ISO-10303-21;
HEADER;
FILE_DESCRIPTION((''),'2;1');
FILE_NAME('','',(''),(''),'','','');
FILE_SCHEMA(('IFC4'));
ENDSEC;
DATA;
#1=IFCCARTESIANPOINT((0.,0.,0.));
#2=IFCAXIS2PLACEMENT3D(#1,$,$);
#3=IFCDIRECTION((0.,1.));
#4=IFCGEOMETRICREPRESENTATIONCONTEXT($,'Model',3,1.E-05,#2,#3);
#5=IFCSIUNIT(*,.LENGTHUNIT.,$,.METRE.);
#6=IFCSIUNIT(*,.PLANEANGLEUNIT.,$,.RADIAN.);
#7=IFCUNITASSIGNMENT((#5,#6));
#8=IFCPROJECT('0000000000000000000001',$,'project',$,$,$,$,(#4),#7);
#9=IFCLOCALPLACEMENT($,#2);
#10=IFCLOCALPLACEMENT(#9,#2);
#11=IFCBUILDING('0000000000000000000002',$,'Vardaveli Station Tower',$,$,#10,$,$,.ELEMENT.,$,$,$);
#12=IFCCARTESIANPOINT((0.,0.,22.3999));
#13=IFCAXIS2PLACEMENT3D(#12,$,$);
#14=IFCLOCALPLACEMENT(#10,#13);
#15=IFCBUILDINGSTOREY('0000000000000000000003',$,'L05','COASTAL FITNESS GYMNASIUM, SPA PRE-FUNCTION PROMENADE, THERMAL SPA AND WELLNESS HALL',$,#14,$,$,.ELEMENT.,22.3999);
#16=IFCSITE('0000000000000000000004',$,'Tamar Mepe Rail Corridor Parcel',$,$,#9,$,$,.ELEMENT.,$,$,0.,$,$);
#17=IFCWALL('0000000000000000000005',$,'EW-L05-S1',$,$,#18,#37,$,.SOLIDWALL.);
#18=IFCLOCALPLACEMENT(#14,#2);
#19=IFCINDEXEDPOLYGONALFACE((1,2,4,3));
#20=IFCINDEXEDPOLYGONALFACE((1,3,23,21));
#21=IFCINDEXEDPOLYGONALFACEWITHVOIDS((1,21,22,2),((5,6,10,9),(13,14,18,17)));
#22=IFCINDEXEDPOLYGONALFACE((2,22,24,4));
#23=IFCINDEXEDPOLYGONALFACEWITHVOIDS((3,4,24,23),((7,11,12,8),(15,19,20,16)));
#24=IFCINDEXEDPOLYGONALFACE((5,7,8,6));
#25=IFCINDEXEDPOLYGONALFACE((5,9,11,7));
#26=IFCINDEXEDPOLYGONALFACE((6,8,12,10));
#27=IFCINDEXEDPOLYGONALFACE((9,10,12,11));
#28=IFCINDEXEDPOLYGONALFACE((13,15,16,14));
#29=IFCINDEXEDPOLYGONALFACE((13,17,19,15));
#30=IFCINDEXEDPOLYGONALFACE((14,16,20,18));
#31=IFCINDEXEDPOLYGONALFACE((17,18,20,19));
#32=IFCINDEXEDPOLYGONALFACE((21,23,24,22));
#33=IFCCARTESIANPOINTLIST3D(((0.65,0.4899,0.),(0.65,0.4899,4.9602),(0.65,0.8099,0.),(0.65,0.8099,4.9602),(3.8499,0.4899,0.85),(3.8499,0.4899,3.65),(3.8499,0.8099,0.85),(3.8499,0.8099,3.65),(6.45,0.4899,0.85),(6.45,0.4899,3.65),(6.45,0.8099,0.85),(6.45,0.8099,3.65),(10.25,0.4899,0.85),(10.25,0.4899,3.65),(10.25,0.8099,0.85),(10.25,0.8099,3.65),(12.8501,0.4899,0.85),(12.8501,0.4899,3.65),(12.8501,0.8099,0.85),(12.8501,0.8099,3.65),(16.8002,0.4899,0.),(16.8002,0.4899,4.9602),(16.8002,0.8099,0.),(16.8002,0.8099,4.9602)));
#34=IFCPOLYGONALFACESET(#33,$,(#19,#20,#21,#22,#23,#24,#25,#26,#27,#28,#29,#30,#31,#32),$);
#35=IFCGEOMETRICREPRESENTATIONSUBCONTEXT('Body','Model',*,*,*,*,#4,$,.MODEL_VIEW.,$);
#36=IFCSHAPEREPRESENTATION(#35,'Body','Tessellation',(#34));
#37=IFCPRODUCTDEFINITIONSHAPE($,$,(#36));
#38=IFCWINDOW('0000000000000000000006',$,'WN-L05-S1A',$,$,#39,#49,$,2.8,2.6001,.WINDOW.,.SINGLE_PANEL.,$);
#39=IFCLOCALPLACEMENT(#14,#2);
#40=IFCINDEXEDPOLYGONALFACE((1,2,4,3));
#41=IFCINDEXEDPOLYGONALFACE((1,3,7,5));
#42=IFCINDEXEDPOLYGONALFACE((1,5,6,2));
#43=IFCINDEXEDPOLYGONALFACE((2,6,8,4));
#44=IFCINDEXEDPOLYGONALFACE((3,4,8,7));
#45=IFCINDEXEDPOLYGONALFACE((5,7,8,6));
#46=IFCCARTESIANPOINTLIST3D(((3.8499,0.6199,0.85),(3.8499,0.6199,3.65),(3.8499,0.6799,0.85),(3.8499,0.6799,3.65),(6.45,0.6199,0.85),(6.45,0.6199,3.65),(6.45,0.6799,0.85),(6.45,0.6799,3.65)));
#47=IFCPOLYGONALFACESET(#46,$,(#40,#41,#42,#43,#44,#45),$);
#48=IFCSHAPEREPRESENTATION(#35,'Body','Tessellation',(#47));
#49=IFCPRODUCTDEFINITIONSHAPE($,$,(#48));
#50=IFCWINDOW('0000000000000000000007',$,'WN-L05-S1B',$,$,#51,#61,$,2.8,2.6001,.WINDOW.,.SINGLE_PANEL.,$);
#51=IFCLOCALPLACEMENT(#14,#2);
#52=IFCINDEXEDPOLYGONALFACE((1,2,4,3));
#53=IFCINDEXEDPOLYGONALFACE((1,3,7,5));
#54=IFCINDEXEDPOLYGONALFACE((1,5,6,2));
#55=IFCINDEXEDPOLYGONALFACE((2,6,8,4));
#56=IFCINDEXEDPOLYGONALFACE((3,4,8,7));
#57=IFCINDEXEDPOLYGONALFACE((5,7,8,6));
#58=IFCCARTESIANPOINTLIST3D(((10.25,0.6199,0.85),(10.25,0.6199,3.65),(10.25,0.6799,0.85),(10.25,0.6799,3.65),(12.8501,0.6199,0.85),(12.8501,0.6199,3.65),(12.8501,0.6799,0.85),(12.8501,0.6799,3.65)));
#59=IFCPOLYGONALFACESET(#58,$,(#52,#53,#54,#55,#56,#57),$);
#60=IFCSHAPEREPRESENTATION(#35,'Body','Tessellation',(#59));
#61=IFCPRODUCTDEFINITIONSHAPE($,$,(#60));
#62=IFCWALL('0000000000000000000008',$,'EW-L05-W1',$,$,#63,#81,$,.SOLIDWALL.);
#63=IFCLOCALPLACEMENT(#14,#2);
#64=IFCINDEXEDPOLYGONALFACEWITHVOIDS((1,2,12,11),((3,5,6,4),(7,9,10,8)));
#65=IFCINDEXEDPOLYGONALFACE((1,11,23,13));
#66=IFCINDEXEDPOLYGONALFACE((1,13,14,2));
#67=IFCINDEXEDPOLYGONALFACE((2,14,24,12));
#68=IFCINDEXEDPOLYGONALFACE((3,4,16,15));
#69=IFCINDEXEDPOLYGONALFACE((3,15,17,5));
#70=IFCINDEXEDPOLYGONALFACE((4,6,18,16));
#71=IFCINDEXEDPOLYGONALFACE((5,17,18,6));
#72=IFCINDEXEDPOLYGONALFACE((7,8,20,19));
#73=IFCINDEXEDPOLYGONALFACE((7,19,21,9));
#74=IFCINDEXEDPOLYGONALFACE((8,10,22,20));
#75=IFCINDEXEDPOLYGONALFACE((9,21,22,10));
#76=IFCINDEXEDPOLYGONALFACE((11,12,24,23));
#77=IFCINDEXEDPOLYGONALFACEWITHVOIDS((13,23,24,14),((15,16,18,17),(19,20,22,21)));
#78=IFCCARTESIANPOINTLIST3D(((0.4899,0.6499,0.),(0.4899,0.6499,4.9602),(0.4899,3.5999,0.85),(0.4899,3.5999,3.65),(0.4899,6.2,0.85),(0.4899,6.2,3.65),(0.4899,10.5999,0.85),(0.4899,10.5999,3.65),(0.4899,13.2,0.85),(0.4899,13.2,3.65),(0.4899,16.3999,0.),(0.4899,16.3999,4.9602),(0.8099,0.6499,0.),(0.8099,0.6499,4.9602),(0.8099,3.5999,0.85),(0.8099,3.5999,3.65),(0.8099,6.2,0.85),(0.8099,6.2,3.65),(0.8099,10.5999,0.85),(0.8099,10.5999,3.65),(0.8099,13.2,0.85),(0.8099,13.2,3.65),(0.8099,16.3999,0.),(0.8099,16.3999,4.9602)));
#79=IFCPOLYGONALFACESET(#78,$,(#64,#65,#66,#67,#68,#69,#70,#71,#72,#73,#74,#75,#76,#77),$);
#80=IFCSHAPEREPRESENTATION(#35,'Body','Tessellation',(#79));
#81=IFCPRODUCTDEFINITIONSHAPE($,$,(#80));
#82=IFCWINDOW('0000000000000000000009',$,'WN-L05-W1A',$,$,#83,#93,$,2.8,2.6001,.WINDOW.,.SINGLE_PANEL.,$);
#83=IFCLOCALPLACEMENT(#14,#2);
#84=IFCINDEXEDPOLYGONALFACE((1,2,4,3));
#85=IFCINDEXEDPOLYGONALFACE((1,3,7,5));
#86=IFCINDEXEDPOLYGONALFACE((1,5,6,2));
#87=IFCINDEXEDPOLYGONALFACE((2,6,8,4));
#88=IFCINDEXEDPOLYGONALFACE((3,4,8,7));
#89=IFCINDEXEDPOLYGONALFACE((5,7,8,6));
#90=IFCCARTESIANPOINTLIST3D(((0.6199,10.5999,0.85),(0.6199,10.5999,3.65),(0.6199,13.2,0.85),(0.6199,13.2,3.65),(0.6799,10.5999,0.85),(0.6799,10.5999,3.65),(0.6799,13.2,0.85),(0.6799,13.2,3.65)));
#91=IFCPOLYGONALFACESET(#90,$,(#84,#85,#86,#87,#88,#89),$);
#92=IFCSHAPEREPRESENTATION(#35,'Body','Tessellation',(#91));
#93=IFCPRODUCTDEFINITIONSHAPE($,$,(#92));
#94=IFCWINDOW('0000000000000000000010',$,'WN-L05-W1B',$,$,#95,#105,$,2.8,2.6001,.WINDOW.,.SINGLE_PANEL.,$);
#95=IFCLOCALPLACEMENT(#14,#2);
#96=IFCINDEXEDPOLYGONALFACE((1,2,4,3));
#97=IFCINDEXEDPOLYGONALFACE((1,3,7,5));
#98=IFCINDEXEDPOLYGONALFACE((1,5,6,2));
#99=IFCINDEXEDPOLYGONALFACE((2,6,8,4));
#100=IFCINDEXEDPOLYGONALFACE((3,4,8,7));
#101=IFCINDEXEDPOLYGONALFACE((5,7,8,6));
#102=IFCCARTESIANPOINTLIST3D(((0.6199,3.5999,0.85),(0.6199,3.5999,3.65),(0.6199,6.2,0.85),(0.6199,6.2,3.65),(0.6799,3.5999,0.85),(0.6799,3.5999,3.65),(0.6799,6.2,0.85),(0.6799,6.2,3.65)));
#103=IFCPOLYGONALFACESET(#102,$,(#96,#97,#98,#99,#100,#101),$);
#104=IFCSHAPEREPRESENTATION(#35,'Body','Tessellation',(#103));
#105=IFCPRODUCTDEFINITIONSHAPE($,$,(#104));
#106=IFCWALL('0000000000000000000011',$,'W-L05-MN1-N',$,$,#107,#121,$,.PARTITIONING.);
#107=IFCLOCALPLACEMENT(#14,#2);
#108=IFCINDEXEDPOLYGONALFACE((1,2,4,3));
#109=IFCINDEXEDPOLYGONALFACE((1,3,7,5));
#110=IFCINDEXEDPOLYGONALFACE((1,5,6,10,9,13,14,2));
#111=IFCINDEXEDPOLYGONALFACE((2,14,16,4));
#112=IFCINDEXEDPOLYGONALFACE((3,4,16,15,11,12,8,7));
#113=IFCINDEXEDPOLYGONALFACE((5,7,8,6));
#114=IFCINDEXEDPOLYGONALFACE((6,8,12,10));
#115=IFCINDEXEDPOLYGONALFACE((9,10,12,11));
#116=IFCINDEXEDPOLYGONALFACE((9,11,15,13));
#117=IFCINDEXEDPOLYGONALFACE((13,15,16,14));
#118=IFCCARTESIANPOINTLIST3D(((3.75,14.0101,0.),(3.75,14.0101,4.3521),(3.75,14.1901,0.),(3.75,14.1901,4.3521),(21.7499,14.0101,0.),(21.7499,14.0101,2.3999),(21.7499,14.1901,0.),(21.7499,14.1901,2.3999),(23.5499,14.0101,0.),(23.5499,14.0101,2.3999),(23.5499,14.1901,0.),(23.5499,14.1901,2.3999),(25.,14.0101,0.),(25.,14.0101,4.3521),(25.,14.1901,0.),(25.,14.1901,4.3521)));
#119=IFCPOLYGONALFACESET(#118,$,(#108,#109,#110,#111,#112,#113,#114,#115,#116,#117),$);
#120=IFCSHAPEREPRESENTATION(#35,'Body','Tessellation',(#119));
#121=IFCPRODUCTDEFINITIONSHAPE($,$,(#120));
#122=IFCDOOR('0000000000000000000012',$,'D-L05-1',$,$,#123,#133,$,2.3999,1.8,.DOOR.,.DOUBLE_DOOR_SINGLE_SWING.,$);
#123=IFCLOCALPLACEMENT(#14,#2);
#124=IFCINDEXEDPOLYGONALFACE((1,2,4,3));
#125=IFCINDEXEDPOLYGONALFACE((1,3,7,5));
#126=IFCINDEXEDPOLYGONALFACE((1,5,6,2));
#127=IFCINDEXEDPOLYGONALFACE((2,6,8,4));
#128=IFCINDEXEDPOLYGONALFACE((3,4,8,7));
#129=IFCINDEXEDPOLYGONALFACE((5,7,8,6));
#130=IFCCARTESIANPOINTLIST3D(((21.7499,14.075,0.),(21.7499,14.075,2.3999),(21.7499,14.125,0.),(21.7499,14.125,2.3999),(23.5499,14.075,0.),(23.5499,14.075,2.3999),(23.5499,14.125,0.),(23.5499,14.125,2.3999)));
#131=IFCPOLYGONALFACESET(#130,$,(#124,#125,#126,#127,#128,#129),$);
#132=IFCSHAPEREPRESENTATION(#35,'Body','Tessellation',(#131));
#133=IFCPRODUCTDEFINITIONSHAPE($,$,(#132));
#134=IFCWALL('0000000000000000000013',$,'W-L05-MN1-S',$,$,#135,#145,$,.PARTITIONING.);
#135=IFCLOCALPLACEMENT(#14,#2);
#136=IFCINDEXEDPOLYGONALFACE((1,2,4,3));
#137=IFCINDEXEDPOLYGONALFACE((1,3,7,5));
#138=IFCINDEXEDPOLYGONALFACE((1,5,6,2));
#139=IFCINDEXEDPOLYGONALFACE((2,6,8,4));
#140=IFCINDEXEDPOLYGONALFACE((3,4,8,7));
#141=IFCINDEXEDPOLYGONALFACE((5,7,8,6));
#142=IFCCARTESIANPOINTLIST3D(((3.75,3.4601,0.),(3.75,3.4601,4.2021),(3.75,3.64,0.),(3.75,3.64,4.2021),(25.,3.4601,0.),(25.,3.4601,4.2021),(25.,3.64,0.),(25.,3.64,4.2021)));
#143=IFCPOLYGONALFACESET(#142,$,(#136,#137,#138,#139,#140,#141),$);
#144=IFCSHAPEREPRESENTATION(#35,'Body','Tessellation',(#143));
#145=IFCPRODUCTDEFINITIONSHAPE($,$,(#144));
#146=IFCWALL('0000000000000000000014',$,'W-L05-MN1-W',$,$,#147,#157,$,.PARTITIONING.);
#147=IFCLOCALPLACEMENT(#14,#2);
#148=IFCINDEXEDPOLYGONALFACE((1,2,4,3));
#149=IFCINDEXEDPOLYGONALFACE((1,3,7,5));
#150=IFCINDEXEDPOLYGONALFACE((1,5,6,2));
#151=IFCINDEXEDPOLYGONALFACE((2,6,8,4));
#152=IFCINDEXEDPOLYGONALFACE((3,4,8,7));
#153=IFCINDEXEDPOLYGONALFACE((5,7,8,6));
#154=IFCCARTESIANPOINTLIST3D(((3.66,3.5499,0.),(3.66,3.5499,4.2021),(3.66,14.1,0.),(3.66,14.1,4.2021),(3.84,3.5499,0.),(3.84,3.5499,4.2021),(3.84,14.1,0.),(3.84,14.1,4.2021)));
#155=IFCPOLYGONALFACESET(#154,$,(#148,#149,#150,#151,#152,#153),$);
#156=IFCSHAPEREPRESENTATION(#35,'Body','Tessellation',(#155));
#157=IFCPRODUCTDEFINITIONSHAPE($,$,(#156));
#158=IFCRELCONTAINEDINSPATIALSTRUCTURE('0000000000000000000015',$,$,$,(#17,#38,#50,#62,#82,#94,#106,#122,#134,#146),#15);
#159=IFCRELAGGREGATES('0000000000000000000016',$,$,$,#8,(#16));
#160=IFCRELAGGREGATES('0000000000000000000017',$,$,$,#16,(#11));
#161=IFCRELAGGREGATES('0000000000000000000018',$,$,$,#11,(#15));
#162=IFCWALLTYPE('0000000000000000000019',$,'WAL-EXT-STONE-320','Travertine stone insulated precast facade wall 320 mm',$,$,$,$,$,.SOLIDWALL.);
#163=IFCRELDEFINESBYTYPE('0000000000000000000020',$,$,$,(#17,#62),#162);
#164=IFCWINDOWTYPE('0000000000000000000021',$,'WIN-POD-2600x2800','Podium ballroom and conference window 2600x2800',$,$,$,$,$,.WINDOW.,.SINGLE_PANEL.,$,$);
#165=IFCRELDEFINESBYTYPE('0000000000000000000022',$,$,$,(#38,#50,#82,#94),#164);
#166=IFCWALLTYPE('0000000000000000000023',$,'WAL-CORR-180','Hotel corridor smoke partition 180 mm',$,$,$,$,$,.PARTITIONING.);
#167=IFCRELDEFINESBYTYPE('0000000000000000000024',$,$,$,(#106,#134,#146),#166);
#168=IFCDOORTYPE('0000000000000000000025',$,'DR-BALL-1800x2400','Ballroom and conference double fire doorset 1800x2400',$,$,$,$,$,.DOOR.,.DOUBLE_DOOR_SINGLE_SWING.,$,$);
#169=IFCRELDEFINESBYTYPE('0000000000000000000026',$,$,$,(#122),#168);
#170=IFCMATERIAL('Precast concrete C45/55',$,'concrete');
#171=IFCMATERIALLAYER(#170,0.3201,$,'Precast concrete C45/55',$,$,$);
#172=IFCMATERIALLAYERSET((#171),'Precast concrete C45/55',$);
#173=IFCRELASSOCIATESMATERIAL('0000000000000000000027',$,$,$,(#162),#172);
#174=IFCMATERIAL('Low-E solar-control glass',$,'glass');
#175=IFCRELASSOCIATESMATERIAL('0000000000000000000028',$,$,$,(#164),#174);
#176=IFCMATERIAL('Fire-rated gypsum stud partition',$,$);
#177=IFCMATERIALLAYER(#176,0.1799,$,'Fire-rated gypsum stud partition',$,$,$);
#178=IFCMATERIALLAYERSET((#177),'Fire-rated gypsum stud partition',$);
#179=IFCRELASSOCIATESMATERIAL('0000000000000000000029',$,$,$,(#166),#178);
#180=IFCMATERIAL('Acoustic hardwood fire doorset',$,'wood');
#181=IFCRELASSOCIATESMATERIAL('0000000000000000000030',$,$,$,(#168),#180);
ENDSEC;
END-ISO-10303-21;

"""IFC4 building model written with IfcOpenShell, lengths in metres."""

from ifc_helpers import new_model, si_unit, direction, frame, frame_2d, origin, place, context, subcontext, project, spatial, rectangle, extrude, source, transform, mapped, material, layer, layer_set, type_object, element, fill, save


model = new_model("IFC4")

# Units and contexts
model_context = context("Model", 3, precision=1e-05, world=origin(), true_north=direction((0.0, 1.0)))
body_context = subcontext(model_context, "Body", "Model", "MODEL_VIEW")
ifc_project = project(units=[si_unit("LENGTHUNIT", "METRE"), si_unit("PLANEANGLEUNIT", "RADIAN")], contexts=[model_context])

# Site, building, storey
site_placement = place(None, origin())
site = spatial("IfcSite", under=ifc_project, at=site_placement, Name="Tamar Mepe Rail Corridor Parcel", CompositionType="ELEMENT", RefElevation=0.0)
building_placement = place(site_placement, origin())
building = spatial("IfcBuilding", under=site, at=building_placement, Name="Vardaveli Station Tower", CompositionType="ELEMENT")
storey_placement = place(building_placement, frame((0.0, 0.0, 22.3999)))
storey = spatial("IfcBuildingStorey", under=building, at=storey_placement, Name="L05", Description="COASTAL FITNESS GYMNASIUM, SPA PRE-FUNCTION PROMENADE, THERMAL SPA AND WELLNESS HALL", CompositionType="ELEMENT", Elevation=22.3999)

# Walls, openings, windows
ifc_material_1 = material(Name="Precast concrete C45/55", Category="concrete")
ifc_layer_1 = layer(ifc_material_1, 0.3201, Name="Precast concrete C45/55")
ifc_layer_set_1 = layer_set([ifc_layer_1], Name="Precast concrete C45/55")
wall_type_1 = type_object("IfcWallType", Name="WAL-EXT-STONE-320", Description="Travertine stone insulated precast facade wall 320 mm", PredefinedType="SOLIDWALL", material=ifc_layer_set_1)
shared_shape_1 = source(origin(), body_context, "Body", "SweptSolid", [
    extrude(rectangle(XDim=16.1501, YDim=0.3201, at=frame_2d((8.0752, 0.0))), origin(), (0.0, 0.0, 1.0), 4.9602),
])
wall_1_placement = place(storey_placement, frame((0.6499, 0.6499, 0.0), z_axis=(0.0, 0.0, 1.0), x_axis=(1.0, 0.0, 0.0)))
wall_1 = element("IfcWall", 1, at=wall_1_placement, inside=storey, type_object=wall_type_1, Name="EW-L05-S1", PredefinedType="SOLIDWALL", context=body_context, shape_type="MappedRepresentation", body=[
    mapped(shared_shape_1, transform((0.0, 0.0, 0.0), scale=1.0)),
])
shared_shape_2 = source(origin(), body_context, "Body", "SweptSolid", [
    extrude(rectangle(XDim=2.6001, YDim=2.8, at=frame_2d((1.3, 1.3999))), frame((0.0, 0.1699, 0.0), z_axis=(0.0, -1.0, 0.0), x_axis=(1.0, 0.0, 0.0)), (0.0, 0.0, 1.0), 0.3401),
])
opening_1_placement = place(wall_1_placement, frame((3.2, 0.0, 0.8501)))
opening_1 = element("IfcOpeningElement", 2, at=opening_1_placement, cuts=wall_1, PredefinedType="OPENING", context=body_context, shape_type="MappedRepresentation", body=[
    mapped(shared_shape_2, transform((0.0, 0.0, 0.0), scale=1.0)),
])
opening_2_placement = place(wall_1_placement, frame((9.6001, 0.0, 0.8501)))
opening_2 = element("IfcOpeningElement", 3, at=opening_2_placement, cuts=wall_1, PredefinedType="OPENING", context=body_context, shape_type="MappedRepresentation", body=[
    mapped(shared_shape_2, transform((0.0, 0.0, 0.0), scale=1.0)),
])
ifc_material_2 = material(Name="Low-E solar-control glass", Category="glass")
window_type = type_object("IfcWindowType", Name="WIN-POD-2600x2800", Description="Podium ballroom and conference window 2600x2800", PartitioningType="SINGLE_PANEL", PredefinedType="WINDOW", material=ifc_material_2)
shared_shape_3 = source(origin(), body_context, "Body", "SweptSolid", [
    extrude(rectangle(XDim=2.6001, YDim=2.8, at=frame_2d((1.3, 1.3999))), frame((0.0, 0.03, 0.0), z_axis=(0.0, -1.0, 0.0), x_axis=(1.0, 0.0, 0.0)), (0.0, 0.0, 1.0), 0.0601),
])
window_1_placement = place(opening_1_placement, origin())
window_1 = element("IfcWindow", 4, at=window_1_placement, inside=storey, type_object=window_type, Name="WN-L05-S1A", OverallHeight=2.8, OverallWidth=2.6001, PartitioningType="SINGLE_PANEL", PredefinedType="WINDOW", context=body_context, shape_type="MappedRepresentation", body=[
    mapped(shared_shape_3, transform((0.0, 0.0, 0.0), scale=1.0)),
])
fill(opening_1, window_1)
window_2_placement = place(opening_2_placement, origin())
window_2 = element("IfcWindow", 5, at=window_2_placement, inside=storey, type_object=window_type, Name="WN-L05-S1B", OverallHeight=2.8, OverallWidth=2.6001, PartitioningType="SINGLE_PANEL", PredefinedType="WINDOW", context=body_context, shape_type="MappedRepresentation", body=[
    mapped(shared_shape_3, transform((0.0, 0.0, 0.0), scale=1.0)),
])
fill(opening_2, window_2)
shared_shape_4 = source(origin(), body_context, "Body", "SweptSolid", [
    extrude(rectangle(XDim=15.75, YDim=0.3201, at=frame_2d((7.875, 0.0))), origin(), (0.0, 0.0, 1.0), 4.9602),
])
wall_2_placement = place(storey_placement, frame((0.6499, 16.3999, 0.0), z_axis=(0.0, 0.0, 1.0), x_axis=(0.0, -1.0, 0.0)))
wall_2 = element("IfcWall", 6, at=wall_2_placement, inside=storey, type_object=wall_type_1, Name="EW-L05-W1", PredefinedType="SOLIDWALL", context=body_context, shape_type="MappedRepresentation", body=[
    mapped(shared_shape_4, transform((0.0, 0.0, 0.0), scale=1.0)),
])
opening_3_placement = place(wall_2_placement, frame((3.2, 0.0, 0.8501)))
opening_3 = element("IfcOpeningElement", 7, at=opening_3_placement, cuts=wall_2, PredefinedType="OPENING", context=body_context, shape_type="MappedRepresentation", body=[
    mapped(shared_shape_2, transform((0.0, 0.0, 0.0), scale=1.0)),
])
opening_4_placement = place(wall_2_placement, frame((10.2, 0.0, 0.8501)))
opening_4 = element("IfcOpeningElement", 8, at=opening_4_placement, cuts=wall_2, PredefinedType="OPENING", context=body_context, shape_type="MappedRepresentation", body=[
    mapped(shared_shape_2, transform((0.0, 0.0, 0.0), scale=1.0)),
])
window_3_placement = place(opening_3_placement, origin())
window_3 = element("IfcWindow", 9, at=window_3_placement, inside=storey, type_object=window_type, Name="WN-L05-W1A", OverallHeight=2.8, OverallWidth=2.6001, PartitioningType="SINGLE_PANEL", PredefinedType="WINDOW", context=body_context, shape_type="MappedRepresentation", body=[
    mapped(shared_shape_3, transform((0.0, 0.0, 0.0), scale=1.0)),
])
fill(opening_3, window_3)
window_4_placement = place(opening_4_placement, origin())
window_4 = element("IfcWindow", 10, at=window_4_placement, inside=storey, type_object=window_type, Name="WN-L05-W1B", OverallHeight=2.8, OverallWidth=2.6001, PartitioningType="SINGLE_PANEL", PredefinedType="WINDOW", context=body_context, shape_type="MappedRepresentation", body=[
    mapped(shared_shape_3, transform((0.0, 0.0, 0.0), scale=1.0)),
])
fill(opening_4, window_4)

# Wall, opening, door
ifc_material_3 = material(Name="Fire-rated gypsum stud partition")
ifc_layer_2 = layer(ifc_material_3, 0.1799, Name="Fire-rated gypsum stud partition")
ifc_layer_set_2 = layer_set([ifc_layer_2], Name="Fire-rated gypsum stud partition")
wall_type_2 = type_object("IfcWallType", Name="WAL-CORR-180", Description="Hotel corridor smoke partition 180 mm", PredefinedType="PARTITIONING", material=ifc_layer_set_2)
shared_shape_5 = source(origin(), body_context, "Body", "SweptSolid", [
    extrude(rectangle(XDim=21.25, YDim=0.1799, at=frame_2d((10.625, 0.0))), origin(), (0.0, 0.0, 1.0), 4.3521),
])
wall_3_placement = place(storey_placement, frame((3.75, 14.1001, 0.0), z_axis=(0.0, 0.0, 1.0), x_axis=(1.0, 0.0, 0.0)))
wall_3 = element("IfcWall", 11, at=wall_3_placement, inside=storey, type_object=wall_type_2, Name="W-L05-MN1-N", PredefinedType="PARTITIONING", context=body_context, shape_type="MappedRepresentation", body=[
    mapped(shared_shape_5, transform((0.0, 0.0, 0.0), scale=1.0)),
])
shared_shape_6 = source(origin(), body_context, "Body", "SweptSolid", [
    extrude(rectangle(XDim=1.8, YDim=2.3999, at=frame_2d((0.8999, 1.2))), frame((0.0, 0.1001, 0.0), z_axis=(0.0, -1.0, 0.0), x_axis=(1.0, 0.0, 0.0)), (0.0, 0.0, 1.0), 0.2),
])
opening_5_placement = place(wall_3_placement, frame((18.0, 0.0, 0.0)))
opening_5 = element("IfcOpeningElement", 12, at=opening_5_placement, cuts=wall_3, PredefinedType="OPENING", context=body_context, shape_type="MappedRepresentation", body=[
    mapped(shared_shape_6, transform((0.0, 0.0, 0.0), scale=1.0)),
])
ifc_material_4 = material(Name="Acoustic hardwood fire doorset", Category="wood")
door_type = type_object("IfcDoorType", Name="DR-BALL-1800x2400", Description="Ballroom and conference double fire doorset 1800x2400", OperationType="DOUBLE_DOOR_SINGLE_SWING", PredefinedType="DOOR", material=ifc_material_4)
shared_shape_7 = source(origin(), body_context, "Body", "SweptSolid", [
    extrude(rectangle(XDim=1.8, YDim=2.3999, at=frame_2d((0.8999, 1.2))), frame((0.0, 0.0249, 0.0), z_axis=(0.0, -1.0, 0.0), x_axis=(1.0, 0.0, 0.0)), (0.0, 0.0, 1.0), 0.05),
])
door_placement = place(opening_5_placement, origin())
door = element("IfcDoor", 13, at=door_placement, inside=storey, type_object=door_type, Name="D-L05-1", OperationType="DOUBLE_DOOR_SINGLE_SWING", OverallHeight=2.3999, OverallWidth=1.8, PredefinedType="DOOR", context=body_context, shape_type="MappedRepresentation", body=[
    mapped(shared_shape_7, transform((0.0, 0.0, 0.0), scale=1.0)),
])
fill(opening_5, door)

# Walls
shared_shape_8 = source(origin(), body_context, "Body", "SweptSolid", [
    extrude(rectangle(XDim=21.25, YDim=0.1799, at=frame_2d((10.625, 0.0))), origin(), (0.0, 0.0, 1.0), 4.2021),
])
wall_4_placement = place(storey_placement, frame((3.75, 3.55, 0.0), z_axis=(0.0, 0.0, 1.0), x_axis=(1.0, 0.0, 0.0)))
element("IfcWall", 14, at=wall_4_placement, inside=storey, type_object=wall_type_2, Name="W-L05-MN1-S", PredefinedType="PARTITIONING", context=body_context, shape_type="MappedRepresentation", body=[
    mapped(shared_shape_8, transform((0.0, 0.0, 0.0), scale=1.0)),
])
shared_shape_9 = source(origin(), body_context, "Body", "SweptSolid", [
    extrude(rectangle(XDim=10.55, YDim=0.1799, at=frame_2d((5.2749, 0.0))), origin(), (0.0, 0.0, 1.0), 4.2021),
])
wall_5_placement = place(storey_placement, frame((3.75, 3.55, 0.0), z_axis=(0.0, 0.0, 1.0), x_axis=(0.0, 1.0, 0.0)))
element("IfcWall", 15, at=wall_5_placement, inside=storey, type_object=wall_type_2, Name="W-L05-MN1-W", PredefinedType="PARTITIONING", context=body_context, shape_type="MappedRepresentation", body=[
    mapped(shared_shape_9, transform((0.0, 0.0, 0.0), scale=1.0)),
])

save(model, "model.ifc")
